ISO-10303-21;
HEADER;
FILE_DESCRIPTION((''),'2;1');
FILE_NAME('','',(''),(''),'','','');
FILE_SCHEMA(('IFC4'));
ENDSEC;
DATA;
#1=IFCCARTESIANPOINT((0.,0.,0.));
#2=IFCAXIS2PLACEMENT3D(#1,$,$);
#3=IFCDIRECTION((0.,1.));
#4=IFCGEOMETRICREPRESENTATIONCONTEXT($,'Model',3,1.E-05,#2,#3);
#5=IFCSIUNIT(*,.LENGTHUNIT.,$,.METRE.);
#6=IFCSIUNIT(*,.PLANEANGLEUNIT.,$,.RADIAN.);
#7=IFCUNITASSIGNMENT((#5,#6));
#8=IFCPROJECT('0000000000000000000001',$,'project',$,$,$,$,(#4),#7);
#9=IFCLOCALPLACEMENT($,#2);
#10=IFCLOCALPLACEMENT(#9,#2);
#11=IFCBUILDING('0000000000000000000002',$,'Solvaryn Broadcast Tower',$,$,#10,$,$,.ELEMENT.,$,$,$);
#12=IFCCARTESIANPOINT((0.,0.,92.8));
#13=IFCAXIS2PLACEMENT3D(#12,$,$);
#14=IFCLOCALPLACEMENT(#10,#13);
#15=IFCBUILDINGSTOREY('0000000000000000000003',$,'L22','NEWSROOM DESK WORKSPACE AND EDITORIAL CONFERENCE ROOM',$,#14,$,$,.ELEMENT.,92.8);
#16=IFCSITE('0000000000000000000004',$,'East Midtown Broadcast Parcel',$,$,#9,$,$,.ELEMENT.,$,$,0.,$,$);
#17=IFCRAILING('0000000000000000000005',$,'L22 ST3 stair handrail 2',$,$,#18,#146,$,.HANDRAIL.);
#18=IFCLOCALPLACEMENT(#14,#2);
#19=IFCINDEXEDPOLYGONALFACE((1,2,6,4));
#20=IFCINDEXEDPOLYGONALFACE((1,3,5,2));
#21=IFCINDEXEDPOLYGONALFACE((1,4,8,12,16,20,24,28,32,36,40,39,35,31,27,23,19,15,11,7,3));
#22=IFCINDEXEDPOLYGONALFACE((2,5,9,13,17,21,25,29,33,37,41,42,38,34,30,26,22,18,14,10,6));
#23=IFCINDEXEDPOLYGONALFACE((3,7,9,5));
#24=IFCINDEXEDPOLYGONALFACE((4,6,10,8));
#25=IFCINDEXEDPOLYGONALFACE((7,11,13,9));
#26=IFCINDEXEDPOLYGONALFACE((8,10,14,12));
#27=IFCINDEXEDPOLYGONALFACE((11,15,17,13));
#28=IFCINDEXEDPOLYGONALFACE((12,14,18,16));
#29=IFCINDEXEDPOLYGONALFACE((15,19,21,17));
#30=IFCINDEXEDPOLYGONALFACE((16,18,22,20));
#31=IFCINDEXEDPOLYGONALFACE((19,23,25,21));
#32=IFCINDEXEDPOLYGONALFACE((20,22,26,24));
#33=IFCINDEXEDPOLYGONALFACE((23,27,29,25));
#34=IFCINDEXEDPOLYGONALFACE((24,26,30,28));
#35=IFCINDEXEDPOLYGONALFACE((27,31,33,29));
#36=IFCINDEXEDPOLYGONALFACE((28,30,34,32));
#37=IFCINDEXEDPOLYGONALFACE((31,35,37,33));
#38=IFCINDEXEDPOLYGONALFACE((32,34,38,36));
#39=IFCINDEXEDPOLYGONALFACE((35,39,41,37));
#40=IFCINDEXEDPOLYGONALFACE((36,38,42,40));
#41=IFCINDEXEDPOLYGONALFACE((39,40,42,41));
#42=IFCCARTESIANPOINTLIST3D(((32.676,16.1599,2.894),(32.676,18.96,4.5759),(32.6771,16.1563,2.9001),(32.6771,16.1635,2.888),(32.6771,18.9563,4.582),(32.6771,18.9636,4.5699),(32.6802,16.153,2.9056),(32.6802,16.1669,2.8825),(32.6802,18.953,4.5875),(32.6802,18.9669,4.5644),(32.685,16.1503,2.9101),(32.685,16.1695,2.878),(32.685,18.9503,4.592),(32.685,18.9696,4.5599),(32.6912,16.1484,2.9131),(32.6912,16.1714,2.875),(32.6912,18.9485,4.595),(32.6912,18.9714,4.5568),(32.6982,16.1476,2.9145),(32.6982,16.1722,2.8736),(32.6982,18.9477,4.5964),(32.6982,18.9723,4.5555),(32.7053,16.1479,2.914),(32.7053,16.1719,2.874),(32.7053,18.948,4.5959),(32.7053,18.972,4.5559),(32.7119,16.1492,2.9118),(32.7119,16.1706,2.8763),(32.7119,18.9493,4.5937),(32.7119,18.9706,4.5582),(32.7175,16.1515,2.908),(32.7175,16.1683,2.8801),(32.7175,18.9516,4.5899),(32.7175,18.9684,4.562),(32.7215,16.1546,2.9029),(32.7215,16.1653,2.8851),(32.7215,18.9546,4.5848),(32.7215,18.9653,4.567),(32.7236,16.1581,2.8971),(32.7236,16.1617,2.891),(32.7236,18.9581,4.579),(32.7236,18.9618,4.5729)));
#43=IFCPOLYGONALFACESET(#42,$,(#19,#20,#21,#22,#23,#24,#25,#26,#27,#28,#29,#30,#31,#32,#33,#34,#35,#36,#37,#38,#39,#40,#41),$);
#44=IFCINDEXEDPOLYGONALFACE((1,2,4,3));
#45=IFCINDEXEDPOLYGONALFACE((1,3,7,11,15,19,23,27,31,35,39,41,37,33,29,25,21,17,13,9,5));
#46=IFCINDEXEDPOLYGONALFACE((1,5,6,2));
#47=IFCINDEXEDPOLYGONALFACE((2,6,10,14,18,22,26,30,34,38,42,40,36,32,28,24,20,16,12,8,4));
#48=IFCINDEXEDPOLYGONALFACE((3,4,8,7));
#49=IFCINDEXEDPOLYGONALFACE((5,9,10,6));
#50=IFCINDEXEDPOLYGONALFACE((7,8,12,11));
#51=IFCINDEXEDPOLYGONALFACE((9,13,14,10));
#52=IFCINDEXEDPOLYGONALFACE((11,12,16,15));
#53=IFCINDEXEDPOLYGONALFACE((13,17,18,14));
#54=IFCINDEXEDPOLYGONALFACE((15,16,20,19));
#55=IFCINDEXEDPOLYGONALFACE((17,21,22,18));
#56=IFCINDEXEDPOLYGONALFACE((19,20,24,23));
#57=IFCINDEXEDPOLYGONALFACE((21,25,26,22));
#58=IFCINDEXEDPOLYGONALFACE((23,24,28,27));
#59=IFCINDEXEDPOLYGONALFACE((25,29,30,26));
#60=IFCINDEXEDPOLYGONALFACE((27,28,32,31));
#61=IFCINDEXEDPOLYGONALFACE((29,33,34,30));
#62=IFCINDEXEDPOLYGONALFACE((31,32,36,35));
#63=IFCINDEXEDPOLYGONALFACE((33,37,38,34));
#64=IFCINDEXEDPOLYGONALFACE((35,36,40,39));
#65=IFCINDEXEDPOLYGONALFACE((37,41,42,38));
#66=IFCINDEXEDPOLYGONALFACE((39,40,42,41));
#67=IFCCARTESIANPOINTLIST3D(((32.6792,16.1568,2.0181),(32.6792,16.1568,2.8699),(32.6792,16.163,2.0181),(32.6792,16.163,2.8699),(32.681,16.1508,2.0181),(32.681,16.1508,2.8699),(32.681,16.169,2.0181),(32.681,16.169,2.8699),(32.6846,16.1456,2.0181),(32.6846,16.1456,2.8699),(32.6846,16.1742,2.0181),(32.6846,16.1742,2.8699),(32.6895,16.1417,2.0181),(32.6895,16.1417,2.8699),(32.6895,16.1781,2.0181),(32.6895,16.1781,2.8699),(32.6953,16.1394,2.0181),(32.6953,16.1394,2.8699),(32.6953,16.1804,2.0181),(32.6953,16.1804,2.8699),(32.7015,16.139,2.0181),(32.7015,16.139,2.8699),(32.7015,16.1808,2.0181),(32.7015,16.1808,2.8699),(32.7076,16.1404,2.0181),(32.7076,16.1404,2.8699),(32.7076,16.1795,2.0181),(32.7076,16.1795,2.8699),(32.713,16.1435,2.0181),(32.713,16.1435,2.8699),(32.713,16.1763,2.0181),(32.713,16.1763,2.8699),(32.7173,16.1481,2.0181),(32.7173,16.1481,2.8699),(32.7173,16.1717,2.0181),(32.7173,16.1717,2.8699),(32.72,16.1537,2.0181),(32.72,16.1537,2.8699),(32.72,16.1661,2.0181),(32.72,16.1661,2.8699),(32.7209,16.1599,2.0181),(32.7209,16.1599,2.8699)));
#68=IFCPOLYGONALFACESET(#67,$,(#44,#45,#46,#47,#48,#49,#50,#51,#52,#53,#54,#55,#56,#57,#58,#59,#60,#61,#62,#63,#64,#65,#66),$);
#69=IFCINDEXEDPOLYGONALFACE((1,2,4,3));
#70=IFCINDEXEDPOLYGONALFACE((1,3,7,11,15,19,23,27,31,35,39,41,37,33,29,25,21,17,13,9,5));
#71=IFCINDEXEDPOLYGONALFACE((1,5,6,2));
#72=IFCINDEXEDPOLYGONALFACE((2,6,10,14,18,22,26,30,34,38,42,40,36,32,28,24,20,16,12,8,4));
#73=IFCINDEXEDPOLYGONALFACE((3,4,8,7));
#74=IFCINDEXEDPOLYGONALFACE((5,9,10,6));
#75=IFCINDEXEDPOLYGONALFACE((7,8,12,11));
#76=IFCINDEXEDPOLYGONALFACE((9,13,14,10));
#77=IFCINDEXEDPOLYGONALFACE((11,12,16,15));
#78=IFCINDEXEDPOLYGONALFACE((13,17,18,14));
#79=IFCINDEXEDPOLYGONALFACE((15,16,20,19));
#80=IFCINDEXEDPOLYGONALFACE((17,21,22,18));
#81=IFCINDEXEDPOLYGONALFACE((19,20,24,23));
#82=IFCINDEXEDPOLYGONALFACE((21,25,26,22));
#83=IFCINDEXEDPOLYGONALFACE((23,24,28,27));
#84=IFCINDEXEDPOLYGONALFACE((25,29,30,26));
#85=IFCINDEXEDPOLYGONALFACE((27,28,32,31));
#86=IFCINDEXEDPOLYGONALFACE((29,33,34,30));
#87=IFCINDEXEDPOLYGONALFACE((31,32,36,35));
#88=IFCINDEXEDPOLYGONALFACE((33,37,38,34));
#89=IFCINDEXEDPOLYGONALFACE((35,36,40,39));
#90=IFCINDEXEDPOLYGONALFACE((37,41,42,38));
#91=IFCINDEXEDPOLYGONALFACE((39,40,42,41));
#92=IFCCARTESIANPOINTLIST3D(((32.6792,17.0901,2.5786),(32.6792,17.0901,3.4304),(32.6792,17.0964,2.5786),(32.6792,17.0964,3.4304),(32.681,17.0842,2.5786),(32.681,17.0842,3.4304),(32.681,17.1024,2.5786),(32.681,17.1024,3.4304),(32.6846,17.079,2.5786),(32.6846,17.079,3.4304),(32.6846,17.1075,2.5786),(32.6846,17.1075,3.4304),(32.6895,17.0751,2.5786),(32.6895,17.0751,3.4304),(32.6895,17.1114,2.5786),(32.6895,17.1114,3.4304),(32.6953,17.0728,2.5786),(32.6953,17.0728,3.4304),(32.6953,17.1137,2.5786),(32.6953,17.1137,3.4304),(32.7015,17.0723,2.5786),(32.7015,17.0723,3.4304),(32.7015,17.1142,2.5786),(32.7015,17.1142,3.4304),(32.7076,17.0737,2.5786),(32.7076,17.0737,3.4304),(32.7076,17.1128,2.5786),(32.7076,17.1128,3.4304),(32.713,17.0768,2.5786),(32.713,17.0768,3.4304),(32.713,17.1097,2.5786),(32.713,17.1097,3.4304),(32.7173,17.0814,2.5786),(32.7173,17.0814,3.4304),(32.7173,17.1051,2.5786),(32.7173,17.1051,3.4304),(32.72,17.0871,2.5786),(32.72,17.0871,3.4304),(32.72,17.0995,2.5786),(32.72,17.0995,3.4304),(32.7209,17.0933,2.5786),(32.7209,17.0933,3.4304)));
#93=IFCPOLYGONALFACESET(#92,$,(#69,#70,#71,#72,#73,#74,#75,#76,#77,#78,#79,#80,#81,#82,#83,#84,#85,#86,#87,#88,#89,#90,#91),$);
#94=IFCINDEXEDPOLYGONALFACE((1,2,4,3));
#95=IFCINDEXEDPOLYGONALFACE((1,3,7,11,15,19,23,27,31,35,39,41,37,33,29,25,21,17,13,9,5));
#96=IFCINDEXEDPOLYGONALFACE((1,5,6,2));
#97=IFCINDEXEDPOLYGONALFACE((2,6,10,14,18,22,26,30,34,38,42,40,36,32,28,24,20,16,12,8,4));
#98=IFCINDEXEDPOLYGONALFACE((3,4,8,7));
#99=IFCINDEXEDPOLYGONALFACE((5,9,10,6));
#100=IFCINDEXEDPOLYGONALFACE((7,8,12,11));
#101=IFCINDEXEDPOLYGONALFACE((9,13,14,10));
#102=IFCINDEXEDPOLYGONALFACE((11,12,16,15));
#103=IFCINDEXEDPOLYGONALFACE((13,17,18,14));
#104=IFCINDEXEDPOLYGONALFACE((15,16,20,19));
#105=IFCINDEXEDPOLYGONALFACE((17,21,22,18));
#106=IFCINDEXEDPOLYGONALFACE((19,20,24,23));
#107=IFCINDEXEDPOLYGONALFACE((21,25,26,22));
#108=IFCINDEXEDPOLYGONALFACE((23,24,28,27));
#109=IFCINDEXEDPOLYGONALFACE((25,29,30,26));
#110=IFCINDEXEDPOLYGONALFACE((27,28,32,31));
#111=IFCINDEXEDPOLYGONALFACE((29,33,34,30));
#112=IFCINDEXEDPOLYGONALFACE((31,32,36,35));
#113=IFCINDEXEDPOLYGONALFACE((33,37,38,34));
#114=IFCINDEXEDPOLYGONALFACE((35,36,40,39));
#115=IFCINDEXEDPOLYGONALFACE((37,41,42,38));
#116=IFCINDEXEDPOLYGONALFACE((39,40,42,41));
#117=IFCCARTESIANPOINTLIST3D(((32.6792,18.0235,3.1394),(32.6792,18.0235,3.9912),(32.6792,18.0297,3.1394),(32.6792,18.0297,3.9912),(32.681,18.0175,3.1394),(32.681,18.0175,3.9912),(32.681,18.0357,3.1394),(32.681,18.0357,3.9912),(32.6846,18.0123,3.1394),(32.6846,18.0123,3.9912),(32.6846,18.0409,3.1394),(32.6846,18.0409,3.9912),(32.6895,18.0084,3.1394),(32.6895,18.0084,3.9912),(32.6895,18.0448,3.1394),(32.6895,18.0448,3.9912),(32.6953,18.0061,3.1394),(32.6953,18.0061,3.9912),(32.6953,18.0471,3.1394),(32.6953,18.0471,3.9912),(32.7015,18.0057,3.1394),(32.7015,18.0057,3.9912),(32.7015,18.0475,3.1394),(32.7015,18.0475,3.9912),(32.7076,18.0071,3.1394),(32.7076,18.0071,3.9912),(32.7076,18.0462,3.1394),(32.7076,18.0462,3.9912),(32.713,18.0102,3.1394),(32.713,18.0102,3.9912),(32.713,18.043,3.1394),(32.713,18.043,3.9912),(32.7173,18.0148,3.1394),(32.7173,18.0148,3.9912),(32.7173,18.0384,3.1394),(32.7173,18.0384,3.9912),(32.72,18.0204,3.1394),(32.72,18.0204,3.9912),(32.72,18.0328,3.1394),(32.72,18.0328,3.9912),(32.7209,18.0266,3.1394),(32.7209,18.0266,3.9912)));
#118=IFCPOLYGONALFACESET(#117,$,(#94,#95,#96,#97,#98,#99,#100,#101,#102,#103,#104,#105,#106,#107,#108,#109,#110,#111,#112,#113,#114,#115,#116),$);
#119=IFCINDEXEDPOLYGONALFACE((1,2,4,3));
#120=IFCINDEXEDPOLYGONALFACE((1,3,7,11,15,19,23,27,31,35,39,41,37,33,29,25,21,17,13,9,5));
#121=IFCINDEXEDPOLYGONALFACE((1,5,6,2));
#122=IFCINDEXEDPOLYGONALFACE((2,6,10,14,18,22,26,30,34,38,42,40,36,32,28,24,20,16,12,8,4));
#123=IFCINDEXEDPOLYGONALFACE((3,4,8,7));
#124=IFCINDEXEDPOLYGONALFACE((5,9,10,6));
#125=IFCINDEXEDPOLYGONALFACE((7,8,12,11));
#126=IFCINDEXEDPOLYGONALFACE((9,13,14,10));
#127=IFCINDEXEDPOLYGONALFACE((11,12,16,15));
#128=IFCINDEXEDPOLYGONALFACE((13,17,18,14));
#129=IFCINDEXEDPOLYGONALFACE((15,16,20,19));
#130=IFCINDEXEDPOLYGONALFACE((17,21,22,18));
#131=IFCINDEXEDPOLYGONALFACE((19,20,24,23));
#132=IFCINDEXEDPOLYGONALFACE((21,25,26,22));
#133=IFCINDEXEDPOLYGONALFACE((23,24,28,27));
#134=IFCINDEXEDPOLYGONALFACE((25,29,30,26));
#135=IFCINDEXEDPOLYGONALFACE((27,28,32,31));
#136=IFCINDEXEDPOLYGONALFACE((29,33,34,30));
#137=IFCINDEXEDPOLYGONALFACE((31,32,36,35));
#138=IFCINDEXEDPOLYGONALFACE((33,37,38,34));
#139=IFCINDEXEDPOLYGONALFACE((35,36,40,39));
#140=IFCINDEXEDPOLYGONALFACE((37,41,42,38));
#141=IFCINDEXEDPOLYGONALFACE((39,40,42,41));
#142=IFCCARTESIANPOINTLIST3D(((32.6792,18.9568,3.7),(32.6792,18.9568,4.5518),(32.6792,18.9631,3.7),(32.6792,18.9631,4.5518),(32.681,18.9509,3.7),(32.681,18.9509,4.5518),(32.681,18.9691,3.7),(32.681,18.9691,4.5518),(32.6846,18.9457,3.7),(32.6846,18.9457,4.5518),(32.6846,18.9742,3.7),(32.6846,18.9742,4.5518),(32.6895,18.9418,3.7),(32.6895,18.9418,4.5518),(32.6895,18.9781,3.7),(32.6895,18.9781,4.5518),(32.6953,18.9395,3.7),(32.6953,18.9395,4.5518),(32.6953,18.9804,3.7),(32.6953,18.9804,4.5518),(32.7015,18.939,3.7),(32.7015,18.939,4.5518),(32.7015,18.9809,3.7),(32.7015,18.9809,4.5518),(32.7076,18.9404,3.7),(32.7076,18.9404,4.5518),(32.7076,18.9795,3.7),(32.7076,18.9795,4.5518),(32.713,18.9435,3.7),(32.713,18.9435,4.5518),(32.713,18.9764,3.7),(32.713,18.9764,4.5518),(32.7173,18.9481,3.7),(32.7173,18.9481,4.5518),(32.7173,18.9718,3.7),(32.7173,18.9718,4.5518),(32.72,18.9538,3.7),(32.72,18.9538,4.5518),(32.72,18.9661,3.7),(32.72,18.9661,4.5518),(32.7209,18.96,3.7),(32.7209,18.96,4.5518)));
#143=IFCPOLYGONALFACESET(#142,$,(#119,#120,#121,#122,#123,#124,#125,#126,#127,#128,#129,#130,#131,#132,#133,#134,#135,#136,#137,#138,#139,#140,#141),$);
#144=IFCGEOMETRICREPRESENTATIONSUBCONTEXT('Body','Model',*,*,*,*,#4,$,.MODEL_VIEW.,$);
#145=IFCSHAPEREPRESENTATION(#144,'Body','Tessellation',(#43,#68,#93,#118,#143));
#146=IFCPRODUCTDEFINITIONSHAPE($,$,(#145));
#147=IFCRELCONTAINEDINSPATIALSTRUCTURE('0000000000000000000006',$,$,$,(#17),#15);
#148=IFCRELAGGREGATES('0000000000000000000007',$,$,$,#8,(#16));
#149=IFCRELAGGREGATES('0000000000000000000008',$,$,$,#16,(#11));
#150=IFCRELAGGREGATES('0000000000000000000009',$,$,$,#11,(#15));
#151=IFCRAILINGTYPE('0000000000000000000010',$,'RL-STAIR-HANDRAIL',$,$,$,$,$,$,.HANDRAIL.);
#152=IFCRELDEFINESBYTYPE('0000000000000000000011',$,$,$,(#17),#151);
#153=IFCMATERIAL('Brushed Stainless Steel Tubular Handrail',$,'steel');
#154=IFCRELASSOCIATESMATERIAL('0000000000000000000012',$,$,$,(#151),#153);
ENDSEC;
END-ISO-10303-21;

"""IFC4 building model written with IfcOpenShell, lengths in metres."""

from ifc_helpers import new_model, si_unit, direction, frame, origin, origin_2d, place, context, subcontext, project, spatial, circle, extrude, material, type_object, element, save


model = new_model("IFC4")

# Units and contexts
model_context = context("Model", 3, precision=1e-05, world=origin(), true_north=direction((0.0, 1.0)))
body_context = subcontext(model_context, "Body", "Model", "MODEL_VIEW")
ifc_project = project(units=[si_unit("LENGTHUNIT", "METRE"), si_unit("PLANEANGLEUNIT", "RADIAN")], contexts=[model_context])

# Site, building, storey
site_placement = place(None, origin())
site = spatial("IfcSite", under=ifc_project, at=site_placement, Name="East Midtown Broadcast Parcel", CompositionType="ELEMENT", RefElevation=0.0)
building_placement = place(site_placement, origin())
building = spatial("IfcBuilding", under=site, at=building_placement, Name="Solvaryn Broadcast Tower", CompositionType="ELEMENT")
storey_placement = place(building_placement, frame((0.0, 0.0, 92.8)))
storey = spatial("IfcBuildingStorey", under=building, at=storey_placement, Name="L22", Description="NEWSROOM DESK WORKSPACE AND EDITORIAL CONFERENCE ROOM", CompositionType="ELEMENT", Elevation=92.8)

# Railing
ifc_material_1 = material(Name="Brushed Stainless Steel Tubular Handrail", Category="steel")
railing_type_1 = type_object("IfcRailingType", Name="RL-STAIR-HANDRAIL", PredefinedType="HANDRAIL", material=ifc_material_1)
railing_1_placement = place(storey_placement, frame((32.7, 16.1599, 2.0181)))
element("IfcRailing", 1, at=railing_1_placement, inside=storey, type_object=railing_type_1, Name="L22 ST3 stair handrail 2", PredefinedType="HANDRAIL", context=body_context, shape_type="SweptSolid", body=[
    extrude(circle(Radius=0.0239, at=origin_2d()), frame((0.0, 0.0, 0.876), z_axis=(0.0, 0.857242, 0.514913), x_axis=(-1.0, 0.0, 0.0)), (0.0, 0.0, 1.0), 3.2664),
    extrude(circle(Radius=0.021, at=origin_2d()), origin(), (0.0, 0.0, 1.0), 0.8518),
    extrude(circle(Radius=0.021, at=origin_2d()), frame((0.0, 0.9333, 0.5605)), (0.0, 0.0, 1.0), 0.8518),
    extrude(circle(Radius=0.021, at=origin_2d()), frame((0.0, 1.8667, 1.1213)), (0.0, 0.0, 1.0), 0.8518),
    extrude(circle(Radius=0.021, at=origin_2d()), frame((0.0, 2.8, 1.6819)), (0.0, 0.0, 1.0), 0.8518),
])

save(model, "model.ifc")
